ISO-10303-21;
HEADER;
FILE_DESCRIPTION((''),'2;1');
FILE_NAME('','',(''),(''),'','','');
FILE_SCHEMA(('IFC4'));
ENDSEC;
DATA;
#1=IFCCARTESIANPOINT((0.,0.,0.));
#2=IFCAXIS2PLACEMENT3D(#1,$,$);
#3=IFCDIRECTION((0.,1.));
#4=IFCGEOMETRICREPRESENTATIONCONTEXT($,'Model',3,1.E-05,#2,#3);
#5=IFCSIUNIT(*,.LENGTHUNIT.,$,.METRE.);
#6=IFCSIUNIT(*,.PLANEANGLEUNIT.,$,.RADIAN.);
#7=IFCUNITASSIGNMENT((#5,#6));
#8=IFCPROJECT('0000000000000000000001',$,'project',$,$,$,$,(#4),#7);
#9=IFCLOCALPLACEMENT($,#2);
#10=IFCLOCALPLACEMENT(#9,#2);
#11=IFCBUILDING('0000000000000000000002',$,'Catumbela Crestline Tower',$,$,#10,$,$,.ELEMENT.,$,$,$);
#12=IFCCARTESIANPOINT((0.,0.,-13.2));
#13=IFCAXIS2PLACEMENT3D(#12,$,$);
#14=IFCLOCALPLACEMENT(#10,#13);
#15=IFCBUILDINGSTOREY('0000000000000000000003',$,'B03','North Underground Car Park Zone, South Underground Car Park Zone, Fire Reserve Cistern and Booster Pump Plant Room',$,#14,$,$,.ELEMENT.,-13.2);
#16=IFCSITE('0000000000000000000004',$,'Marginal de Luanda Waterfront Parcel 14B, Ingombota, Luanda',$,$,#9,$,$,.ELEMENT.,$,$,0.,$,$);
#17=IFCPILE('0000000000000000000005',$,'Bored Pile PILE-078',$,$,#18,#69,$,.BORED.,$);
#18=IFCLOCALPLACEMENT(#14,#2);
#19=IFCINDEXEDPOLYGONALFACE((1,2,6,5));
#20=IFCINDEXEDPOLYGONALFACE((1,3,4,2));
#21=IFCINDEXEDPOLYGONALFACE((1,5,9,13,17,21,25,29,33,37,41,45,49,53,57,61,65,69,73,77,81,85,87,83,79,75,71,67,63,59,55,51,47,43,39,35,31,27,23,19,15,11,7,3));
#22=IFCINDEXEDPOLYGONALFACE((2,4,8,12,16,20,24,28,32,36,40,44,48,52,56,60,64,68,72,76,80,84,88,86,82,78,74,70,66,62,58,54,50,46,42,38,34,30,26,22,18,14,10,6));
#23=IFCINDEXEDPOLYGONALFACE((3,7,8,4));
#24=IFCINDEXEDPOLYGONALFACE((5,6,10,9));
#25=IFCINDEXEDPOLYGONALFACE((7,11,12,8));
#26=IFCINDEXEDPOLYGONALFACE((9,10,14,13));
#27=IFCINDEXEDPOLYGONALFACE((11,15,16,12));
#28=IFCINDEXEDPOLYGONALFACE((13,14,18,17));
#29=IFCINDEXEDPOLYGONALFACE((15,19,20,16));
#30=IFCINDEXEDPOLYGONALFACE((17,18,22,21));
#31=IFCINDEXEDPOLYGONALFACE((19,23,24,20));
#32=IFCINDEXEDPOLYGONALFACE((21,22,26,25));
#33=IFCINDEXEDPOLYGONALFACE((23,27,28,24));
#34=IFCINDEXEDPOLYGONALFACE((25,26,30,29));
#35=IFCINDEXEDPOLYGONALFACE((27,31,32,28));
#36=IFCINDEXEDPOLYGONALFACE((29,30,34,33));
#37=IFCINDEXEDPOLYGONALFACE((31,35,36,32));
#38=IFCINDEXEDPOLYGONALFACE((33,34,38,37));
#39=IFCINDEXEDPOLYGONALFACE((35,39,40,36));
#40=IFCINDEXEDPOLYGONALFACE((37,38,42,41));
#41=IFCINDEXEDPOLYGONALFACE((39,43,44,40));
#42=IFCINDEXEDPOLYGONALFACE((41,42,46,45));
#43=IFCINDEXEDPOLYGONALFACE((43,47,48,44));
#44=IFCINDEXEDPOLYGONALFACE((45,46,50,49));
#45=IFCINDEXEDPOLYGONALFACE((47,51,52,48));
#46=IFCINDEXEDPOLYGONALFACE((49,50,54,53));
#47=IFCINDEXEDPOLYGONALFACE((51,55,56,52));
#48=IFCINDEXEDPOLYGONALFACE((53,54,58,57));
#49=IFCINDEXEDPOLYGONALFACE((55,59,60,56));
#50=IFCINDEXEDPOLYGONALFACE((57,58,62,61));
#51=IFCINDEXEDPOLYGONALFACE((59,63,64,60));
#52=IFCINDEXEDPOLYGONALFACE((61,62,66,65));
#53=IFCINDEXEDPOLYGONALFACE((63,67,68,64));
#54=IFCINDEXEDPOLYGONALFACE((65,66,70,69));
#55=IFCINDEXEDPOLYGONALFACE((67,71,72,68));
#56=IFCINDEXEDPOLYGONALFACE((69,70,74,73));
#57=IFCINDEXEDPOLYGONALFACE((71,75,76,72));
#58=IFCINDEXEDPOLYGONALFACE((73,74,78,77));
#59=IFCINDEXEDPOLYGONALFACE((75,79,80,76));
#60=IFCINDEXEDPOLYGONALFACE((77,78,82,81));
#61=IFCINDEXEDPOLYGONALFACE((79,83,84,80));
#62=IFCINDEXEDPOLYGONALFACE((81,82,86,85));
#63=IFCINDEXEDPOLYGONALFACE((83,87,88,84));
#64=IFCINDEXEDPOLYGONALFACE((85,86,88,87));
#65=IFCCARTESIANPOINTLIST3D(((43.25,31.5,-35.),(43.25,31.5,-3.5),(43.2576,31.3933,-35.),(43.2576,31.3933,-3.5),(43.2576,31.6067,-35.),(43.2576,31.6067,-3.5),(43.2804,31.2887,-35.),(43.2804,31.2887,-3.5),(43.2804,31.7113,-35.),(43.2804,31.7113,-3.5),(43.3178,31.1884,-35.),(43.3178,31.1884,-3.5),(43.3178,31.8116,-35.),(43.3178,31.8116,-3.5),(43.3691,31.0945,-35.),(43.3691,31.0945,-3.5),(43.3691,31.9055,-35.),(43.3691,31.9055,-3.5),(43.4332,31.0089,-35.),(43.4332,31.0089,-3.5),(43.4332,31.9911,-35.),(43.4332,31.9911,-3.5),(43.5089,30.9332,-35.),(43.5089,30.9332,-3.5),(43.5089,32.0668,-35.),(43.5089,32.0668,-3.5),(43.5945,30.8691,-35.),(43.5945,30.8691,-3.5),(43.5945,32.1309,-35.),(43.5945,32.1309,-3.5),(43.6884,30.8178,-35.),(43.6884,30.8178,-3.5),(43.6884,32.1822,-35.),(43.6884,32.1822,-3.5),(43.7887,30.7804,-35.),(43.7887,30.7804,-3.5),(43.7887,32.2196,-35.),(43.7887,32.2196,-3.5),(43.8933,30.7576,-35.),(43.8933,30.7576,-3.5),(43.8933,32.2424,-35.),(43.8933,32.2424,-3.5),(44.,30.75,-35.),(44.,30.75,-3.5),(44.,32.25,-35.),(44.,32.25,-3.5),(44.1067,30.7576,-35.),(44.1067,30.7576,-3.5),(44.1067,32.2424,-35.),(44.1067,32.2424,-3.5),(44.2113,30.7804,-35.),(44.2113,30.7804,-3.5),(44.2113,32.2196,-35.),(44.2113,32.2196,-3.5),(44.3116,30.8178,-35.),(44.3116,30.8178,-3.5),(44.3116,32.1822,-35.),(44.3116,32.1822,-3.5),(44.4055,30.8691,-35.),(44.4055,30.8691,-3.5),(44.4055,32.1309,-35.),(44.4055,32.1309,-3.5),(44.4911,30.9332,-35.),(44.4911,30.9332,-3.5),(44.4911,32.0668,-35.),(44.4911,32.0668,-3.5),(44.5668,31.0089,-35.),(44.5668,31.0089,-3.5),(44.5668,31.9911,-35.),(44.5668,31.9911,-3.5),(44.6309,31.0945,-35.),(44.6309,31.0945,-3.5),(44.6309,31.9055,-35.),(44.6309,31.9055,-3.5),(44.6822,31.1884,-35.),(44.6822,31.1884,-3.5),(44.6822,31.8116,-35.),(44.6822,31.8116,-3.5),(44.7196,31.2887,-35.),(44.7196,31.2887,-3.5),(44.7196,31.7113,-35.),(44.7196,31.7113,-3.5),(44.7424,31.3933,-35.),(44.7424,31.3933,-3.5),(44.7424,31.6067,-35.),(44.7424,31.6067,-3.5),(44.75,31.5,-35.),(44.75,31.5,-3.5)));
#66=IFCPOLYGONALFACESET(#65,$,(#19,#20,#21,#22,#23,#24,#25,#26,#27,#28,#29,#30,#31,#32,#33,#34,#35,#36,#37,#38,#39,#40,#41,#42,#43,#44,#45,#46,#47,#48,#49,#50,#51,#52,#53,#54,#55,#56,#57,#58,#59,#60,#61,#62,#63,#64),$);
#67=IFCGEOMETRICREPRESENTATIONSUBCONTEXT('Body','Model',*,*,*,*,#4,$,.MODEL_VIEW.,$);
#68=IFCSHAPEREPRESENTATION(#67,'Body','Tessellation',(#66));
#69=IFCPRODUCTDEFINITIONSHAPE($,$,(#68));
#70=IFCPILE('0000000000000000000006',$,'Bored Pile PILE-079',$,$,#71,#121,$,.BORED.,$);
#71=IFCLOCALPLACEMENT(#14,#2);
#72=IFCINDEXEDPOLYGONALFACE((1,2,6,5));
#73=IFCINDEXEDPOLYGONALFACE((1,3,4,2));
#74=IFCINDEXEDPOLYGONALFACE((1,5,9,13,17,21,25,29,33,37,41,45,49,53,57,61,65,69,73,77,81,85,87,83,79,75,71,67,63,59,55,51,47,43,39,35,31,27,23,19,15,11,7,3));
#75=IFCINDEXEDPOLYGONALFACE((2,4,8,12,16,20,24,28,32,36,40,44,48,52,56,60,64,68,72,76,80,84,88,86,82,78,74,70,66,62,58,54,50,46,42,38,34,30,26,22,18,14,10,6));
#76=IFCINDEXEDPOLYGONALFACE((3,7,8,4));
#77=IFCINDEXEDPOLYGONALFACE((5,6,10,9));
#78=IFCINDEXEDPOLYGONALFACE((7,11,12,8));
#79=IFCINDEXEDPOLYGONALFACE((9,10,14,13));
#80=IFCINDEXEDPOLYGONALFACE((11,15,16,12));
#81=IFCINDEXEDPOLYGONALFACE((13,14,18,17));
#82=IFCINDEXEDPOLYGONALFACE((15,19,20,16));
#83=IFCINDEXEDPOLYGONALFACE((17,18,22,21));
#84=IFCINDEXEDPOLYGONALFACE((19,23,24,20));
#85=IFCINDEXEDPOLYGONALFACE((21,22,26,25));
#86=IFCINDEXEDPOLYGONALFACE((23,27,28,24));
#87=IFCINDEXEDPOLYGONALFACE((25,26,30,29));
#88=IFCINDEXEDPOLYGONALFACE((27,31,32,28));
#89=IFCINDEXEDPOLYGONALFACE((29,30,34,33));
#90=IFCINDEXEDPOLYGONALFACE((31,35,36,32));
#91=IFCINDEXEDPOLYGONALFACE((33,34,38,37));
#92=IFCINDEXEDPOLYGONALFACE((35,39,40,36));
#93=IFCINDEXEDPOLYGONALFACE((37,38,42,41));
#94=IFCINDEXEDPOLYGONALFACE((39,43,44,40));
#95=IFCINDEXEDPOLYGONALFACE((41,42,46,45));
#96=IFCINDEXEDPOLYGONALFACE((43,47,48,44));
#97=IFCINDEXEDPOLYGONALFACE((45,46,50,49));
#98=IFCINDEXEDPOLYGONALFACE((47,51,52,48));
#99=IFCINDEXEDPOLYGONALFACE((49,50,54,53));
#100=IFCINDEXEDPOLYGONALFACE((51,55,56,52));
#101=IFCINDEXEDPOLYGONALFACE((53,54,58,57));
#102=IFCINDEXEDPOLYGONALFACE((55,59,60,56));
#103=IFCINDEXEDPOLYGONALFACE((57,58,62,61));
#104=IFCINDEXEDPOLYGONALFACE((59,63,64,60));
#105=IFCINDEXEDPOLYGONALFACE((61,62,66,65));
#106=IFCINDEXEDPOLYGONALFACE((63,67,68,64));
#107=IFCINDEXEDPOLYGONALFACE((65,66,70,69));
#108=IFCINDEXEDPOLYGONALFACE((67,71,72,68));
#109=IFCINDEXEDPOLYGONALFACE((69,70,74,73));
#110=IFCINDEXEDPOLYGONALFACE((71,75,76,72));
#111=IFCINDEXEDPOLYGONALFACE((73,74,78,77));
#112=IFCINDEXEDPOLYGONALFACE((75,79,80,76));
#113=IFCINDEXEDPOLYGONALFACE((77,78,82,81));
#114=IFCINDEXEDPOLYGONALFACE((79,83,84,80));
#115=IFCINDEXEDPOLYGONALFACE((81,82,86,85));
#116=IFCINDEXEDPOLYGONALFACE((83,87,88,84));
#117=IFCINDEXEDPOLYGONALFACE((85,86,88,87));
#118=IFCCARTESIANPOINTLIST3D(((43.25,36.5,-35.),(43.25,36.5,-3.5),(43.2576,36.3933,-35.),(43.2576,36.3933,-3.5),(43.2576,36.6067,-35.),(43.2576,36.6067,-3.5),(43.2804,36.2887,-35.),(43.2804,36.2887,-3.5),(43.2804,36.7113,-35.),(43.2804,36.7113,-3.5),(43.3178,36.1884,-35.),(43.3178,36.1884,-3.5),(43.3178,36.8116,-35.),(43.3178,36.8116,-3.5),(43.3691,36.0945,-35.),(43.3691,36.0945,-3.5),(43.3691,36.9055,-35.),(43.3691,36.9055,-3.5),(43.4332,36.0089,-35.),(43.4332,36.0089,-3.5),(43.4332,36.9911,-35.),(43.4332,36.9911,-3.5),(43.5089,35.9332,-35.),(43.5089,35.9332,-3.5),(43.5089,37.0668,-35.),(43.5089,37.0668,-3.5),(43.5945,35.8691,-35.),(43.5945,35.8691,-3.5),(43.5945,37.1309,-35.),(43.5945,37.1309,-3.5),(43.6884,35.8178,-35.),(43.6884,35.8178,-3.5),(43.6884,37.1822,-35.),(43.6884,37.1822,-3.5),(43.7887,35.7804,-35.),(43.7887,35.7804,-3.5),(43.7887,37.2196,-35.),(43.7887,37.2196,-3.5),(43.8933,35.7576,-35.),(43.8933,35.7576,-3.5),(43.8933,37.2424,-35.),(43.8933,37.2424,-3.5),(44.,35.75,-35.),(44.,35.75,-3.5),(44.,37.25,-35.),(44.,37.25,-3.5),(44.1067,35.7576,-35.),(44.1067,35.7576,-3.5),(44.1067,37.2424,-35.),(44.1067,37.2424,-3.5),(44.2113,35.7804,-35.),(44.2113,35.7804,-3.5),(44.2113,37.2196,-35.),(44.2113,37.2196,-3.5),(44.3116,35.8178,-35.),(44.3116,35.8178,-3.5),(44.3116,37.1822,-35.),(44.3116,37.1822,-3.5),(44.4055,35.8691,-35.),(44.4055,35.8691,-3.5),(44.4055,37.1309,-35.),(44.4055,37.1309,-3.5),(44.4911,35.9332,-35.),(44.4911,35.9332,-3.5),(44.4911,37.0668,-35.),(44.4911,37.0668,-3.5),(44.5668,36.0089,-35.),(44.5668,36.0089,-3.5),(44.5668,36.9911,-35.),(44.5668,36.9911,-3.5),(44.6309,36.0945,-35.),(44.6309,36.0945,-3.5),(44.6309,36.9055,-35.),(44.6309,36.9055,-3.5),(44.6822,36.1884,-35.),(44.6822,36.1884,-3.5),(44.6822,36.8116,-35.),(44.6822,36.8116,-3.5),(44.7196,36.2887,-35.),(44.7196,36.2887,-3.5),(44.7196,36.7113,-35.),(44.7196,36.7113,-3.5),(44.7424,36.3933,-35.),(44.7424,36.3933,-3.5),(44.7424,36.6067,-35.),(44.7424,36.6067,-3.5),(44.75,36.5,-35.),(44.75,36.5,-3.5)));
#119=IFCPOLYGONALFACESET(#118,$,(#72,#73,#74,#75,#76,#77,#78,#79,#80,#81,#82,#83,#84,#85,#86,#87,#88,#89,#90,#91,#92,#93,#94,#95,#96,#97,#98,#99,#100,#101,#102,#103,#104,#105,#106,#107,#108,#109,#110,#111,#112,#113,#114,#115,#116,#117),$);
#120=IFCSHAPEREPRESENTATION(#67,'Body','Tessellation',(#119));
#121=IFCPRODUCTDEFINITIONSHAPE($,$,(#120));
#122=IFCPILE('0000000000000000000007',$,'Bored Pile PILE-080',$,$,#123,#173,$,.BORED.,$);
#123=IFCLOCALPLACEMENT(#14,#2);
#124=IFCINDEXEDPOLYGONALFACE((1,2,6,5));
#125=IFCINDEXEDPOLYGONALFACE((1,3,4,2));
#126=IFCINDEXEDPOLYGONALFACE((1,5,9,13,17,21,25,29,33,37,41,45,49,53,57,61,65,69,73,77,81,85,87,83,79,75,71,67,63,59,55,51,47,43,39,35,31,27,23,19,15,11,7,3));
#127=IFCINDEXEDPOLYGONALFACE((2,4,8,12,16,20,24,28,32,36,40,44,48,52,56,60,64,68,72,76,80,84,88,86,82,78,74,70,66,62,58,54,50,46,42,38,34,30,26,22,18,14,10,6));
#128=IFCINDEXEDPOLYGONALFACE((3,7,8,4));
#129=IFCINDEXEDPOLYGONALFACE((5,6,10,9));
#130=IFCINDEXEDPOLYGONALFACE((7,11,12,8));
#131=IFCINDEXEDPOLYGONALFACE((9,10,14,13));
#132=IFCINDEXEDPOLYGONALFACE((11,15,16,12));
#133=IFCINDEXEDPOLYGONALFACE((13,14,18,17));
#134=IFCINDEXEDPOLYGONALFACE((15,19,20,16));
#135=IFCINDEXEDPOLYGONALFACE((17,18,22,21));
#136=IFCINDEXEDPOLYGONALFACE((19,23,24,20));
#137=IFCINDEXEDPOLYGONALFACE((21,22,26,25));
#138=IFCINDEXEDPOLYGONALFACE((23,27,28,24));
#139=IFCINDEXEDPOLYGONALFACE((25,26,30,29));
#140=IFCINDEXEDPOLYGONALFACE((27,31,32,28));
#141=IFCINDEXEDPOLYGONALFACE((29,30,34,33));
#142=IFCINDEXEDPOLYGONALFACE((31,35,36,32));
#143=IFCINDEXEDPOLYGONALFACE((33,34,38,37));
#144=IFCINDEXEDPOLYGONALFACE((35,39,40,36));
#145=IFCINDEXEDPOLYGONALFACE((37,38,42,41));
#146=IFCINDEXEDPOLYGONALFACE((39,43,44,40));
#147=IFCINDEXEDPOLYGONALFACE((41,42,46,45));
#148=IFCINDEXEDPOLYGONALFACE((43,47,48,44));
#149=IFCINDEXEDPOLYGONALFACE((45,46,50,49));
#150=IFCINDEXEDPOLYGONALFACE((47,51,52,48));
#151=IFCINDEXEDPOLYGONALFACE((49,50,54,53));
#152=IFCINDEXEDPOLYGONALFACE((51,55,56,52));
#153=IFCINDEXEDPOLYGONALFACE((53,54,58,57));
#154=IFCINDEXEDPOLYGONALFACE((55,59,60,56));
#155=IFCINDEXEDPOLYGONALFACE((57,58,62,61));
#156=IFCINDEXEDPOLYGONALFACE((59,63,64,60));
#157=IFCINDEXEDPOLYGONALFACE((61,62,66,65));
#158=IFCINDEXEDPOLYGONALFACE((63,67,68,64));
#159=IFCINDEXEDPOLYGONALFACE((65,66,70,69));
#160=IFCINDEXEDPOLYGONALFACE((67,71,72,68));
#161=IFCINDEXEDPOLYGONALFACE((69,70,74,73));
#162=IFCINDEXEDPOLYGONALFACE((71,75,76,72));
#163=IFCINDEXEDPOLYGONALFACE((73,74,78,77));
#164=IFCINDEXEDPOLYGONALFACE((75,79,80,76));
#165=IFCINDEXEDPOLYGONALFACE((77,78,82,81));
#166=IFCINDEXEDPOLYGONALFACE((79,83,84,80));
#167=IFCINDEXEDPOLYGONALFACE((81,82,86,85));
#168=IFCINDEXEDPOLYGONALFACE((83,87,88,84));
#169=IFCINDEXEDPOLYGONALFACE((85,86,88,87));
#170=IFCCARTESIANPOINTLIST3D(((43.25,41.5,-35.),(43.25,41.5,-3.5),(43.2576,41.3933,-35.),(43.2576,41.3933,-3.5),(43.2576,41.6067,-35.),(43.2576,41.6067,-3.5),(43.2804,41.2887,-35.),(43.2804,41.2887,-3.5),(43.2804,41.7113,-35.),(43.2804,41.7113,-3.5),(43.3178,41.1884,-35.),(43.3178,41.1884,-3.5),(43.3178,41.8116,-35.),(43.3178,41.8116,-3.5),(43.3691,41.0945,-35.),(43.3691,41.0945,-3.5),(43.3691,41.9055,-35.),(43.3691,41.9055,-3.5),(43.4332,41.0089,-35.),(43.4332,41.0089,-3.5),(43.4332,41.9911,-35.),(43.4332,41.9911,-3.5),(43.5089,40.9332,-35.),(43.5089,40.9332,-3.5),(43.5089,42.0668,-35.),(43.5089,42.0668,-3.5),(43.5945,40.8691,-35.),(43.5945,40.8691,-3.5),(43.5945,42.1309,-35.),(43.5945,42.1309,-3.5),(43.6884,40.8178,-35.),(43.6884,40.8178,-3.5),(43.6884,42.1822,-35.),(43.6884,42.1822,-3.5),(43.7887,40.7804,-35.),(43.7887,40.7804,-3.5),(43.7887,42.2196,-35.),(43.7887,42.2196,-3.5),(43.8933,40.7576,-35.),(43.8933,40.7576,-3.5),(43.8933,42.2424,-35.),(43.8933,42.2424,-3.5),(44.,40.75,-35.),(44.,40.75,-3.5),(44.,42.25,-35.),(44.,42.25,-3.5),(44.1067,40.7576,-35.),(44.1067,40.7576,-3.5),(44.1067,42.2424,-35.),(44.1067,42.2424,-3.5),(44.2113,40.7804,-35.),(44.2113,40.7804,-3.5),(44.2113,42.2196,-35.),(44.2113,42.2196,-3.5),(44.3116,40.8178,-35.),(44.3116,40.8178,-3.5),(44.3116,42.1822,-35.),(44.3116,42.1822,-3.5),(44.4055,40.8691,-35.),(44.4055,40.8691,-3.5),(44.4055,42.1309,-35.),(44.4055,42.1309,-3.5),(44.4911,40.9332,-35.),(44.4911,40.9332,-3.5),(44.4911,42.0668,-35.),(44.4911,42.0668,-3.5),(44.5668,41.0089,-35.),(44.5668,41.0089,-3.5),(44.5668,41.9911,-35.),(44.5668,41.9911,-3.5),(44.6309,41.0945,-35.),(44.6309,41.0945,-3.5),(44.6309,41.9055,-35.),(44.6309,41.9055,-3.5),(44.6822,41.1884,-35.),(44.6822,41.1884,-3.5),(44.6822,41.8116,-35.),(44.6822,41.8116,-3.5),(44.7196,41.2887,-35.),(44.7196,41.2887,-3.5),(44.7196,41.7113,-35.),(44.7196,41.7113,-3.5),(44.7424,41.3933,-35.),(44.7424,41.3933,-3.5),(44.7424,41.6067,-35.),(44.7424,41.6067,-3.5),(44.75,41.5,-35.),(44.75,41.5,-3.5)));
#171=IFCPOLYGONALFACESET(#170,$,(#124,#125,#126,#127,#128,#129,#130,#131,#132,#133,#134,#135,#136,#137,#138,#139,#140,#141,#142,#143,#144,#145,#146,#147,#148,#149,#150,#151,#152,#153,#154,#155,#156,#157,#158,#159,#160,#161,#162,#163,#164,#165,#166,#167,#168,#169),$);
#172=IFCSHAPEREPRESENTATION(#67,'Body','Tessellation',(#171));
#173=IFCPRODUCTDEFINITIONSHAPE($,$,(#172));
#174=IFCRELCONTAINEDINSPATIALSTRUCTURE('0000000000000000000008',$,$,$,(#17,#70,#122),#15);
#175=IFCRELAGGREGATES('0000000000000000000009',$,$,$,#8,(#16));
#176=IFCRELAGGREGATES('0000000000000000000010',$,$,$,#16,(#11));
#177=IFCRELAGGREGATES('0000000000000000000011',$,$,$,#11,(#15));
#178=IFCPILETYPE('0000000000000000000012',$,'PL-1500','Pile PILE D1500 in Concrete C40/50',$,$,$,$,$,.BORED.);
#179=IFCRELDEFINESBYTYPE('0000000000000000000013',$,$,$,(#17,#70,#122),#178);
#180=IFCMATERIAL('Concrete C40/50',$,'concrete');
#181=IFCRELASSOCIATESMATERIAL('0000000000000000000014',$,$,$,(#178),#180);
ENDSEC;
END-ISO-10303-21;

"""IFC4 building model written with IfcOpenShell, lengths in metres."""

from ifc_helpers import new_model, si_unit, direction, frame, origin, origin_2d, place, context, subcontext, project, spatial, circle, extrude, material, material_profile, profile_set, type_object, element, save


model = new_model("IFC4")

# Units and contexts
model_context = context("Model", 3, precision=1e-05, world=origin(), true_north=direction((0.0, 1.0)))
body_context = subcontext(model_context, "Body", "Model", "MODEL_VIEW")
ifc_project = project(units=[si_unit("LENGTHUNIT", "METRE"), si_unit("PLANEANGLEUNIT", "RADIAN")], contexts=[model_context])

# Site, building, storey
site_placement = place(None, origin())
site = spatial("IfcSite", under=ifc_project, at=site_placement, Name="Marginal de Luanda Waterfront Parcel 14B, Ingombota, Luanda", CompositionType="ELEMENT", RefElevation=0.0)
building_placement = place(site_placement, origin())
building = spatial("IfcBuilding", under=site, at=building_placement, Name="Catumbela Crestline Tower", CompositionType="ELEMENT")
storey_placement = place(building_placement, frame((0.0, 0.0, -13.2)))
storey = spatial("IfcBuildingStorey", under=building, at=storey_placement, Name="B03", Description="North Underground Car Park Zone, South Underground Car Park Zone, Fire Reserve Cistern and Booster Pump Plant Room", CompositionType="ELEMENT", Elevation=-13.2)

# Piles
ifc_material_1 = material(Name="Concrete C40/50", Category="concrete")
ifc_material_profile_1 = material_profile(ifc_material_1, circle(Radius=0.75, at=origin_2d()), Name="PILE D1500")
ifc_profile_set_1 = profile_set([ifc_material_profile_1], Name="Concrete C40/50")
pile_type_1 = type_object("IfcPileType", Name="PL-1500", Description="Pile PILE D1500 in Concrete C40/50", PredefinedType="BORED", material=ifc_profile_set_1)
for number, where, z_axis, x_axis, name in (
    (1, (44.0, 31.5, -3.5), (0.0, 0.0, -1.0), (1.0, 0.0, 0.0), "Bored Pile PILE-078"),
    (2, (44.0, 36.5, -3.5), (0.0, 0.0, -1.0), (1.0, 0.0, 0.0), "Bored Pile PILE-079"),
    (3, (44.0, 41.5, -3.5), (0.0, 0.0, -1.0), (1.0, 0.0, 0.0), "Bored Pile PILE-080"),
):
    element("IfcPile", number, at=place(storey_placement, frame(where, z_axis=z_axis, x_axis=x_axis)), inside=storey, type_object=pile_type_1, Name=name, PredefinedType="BORED", context=body_context, shape_type="SweptSolid", body=[
        extrude(circle(Radius=0.75, at=origin_2d()), origin(), (0.0, 0.0, 1.0), 31.5),
    ])

save(model, "model.ifc")
